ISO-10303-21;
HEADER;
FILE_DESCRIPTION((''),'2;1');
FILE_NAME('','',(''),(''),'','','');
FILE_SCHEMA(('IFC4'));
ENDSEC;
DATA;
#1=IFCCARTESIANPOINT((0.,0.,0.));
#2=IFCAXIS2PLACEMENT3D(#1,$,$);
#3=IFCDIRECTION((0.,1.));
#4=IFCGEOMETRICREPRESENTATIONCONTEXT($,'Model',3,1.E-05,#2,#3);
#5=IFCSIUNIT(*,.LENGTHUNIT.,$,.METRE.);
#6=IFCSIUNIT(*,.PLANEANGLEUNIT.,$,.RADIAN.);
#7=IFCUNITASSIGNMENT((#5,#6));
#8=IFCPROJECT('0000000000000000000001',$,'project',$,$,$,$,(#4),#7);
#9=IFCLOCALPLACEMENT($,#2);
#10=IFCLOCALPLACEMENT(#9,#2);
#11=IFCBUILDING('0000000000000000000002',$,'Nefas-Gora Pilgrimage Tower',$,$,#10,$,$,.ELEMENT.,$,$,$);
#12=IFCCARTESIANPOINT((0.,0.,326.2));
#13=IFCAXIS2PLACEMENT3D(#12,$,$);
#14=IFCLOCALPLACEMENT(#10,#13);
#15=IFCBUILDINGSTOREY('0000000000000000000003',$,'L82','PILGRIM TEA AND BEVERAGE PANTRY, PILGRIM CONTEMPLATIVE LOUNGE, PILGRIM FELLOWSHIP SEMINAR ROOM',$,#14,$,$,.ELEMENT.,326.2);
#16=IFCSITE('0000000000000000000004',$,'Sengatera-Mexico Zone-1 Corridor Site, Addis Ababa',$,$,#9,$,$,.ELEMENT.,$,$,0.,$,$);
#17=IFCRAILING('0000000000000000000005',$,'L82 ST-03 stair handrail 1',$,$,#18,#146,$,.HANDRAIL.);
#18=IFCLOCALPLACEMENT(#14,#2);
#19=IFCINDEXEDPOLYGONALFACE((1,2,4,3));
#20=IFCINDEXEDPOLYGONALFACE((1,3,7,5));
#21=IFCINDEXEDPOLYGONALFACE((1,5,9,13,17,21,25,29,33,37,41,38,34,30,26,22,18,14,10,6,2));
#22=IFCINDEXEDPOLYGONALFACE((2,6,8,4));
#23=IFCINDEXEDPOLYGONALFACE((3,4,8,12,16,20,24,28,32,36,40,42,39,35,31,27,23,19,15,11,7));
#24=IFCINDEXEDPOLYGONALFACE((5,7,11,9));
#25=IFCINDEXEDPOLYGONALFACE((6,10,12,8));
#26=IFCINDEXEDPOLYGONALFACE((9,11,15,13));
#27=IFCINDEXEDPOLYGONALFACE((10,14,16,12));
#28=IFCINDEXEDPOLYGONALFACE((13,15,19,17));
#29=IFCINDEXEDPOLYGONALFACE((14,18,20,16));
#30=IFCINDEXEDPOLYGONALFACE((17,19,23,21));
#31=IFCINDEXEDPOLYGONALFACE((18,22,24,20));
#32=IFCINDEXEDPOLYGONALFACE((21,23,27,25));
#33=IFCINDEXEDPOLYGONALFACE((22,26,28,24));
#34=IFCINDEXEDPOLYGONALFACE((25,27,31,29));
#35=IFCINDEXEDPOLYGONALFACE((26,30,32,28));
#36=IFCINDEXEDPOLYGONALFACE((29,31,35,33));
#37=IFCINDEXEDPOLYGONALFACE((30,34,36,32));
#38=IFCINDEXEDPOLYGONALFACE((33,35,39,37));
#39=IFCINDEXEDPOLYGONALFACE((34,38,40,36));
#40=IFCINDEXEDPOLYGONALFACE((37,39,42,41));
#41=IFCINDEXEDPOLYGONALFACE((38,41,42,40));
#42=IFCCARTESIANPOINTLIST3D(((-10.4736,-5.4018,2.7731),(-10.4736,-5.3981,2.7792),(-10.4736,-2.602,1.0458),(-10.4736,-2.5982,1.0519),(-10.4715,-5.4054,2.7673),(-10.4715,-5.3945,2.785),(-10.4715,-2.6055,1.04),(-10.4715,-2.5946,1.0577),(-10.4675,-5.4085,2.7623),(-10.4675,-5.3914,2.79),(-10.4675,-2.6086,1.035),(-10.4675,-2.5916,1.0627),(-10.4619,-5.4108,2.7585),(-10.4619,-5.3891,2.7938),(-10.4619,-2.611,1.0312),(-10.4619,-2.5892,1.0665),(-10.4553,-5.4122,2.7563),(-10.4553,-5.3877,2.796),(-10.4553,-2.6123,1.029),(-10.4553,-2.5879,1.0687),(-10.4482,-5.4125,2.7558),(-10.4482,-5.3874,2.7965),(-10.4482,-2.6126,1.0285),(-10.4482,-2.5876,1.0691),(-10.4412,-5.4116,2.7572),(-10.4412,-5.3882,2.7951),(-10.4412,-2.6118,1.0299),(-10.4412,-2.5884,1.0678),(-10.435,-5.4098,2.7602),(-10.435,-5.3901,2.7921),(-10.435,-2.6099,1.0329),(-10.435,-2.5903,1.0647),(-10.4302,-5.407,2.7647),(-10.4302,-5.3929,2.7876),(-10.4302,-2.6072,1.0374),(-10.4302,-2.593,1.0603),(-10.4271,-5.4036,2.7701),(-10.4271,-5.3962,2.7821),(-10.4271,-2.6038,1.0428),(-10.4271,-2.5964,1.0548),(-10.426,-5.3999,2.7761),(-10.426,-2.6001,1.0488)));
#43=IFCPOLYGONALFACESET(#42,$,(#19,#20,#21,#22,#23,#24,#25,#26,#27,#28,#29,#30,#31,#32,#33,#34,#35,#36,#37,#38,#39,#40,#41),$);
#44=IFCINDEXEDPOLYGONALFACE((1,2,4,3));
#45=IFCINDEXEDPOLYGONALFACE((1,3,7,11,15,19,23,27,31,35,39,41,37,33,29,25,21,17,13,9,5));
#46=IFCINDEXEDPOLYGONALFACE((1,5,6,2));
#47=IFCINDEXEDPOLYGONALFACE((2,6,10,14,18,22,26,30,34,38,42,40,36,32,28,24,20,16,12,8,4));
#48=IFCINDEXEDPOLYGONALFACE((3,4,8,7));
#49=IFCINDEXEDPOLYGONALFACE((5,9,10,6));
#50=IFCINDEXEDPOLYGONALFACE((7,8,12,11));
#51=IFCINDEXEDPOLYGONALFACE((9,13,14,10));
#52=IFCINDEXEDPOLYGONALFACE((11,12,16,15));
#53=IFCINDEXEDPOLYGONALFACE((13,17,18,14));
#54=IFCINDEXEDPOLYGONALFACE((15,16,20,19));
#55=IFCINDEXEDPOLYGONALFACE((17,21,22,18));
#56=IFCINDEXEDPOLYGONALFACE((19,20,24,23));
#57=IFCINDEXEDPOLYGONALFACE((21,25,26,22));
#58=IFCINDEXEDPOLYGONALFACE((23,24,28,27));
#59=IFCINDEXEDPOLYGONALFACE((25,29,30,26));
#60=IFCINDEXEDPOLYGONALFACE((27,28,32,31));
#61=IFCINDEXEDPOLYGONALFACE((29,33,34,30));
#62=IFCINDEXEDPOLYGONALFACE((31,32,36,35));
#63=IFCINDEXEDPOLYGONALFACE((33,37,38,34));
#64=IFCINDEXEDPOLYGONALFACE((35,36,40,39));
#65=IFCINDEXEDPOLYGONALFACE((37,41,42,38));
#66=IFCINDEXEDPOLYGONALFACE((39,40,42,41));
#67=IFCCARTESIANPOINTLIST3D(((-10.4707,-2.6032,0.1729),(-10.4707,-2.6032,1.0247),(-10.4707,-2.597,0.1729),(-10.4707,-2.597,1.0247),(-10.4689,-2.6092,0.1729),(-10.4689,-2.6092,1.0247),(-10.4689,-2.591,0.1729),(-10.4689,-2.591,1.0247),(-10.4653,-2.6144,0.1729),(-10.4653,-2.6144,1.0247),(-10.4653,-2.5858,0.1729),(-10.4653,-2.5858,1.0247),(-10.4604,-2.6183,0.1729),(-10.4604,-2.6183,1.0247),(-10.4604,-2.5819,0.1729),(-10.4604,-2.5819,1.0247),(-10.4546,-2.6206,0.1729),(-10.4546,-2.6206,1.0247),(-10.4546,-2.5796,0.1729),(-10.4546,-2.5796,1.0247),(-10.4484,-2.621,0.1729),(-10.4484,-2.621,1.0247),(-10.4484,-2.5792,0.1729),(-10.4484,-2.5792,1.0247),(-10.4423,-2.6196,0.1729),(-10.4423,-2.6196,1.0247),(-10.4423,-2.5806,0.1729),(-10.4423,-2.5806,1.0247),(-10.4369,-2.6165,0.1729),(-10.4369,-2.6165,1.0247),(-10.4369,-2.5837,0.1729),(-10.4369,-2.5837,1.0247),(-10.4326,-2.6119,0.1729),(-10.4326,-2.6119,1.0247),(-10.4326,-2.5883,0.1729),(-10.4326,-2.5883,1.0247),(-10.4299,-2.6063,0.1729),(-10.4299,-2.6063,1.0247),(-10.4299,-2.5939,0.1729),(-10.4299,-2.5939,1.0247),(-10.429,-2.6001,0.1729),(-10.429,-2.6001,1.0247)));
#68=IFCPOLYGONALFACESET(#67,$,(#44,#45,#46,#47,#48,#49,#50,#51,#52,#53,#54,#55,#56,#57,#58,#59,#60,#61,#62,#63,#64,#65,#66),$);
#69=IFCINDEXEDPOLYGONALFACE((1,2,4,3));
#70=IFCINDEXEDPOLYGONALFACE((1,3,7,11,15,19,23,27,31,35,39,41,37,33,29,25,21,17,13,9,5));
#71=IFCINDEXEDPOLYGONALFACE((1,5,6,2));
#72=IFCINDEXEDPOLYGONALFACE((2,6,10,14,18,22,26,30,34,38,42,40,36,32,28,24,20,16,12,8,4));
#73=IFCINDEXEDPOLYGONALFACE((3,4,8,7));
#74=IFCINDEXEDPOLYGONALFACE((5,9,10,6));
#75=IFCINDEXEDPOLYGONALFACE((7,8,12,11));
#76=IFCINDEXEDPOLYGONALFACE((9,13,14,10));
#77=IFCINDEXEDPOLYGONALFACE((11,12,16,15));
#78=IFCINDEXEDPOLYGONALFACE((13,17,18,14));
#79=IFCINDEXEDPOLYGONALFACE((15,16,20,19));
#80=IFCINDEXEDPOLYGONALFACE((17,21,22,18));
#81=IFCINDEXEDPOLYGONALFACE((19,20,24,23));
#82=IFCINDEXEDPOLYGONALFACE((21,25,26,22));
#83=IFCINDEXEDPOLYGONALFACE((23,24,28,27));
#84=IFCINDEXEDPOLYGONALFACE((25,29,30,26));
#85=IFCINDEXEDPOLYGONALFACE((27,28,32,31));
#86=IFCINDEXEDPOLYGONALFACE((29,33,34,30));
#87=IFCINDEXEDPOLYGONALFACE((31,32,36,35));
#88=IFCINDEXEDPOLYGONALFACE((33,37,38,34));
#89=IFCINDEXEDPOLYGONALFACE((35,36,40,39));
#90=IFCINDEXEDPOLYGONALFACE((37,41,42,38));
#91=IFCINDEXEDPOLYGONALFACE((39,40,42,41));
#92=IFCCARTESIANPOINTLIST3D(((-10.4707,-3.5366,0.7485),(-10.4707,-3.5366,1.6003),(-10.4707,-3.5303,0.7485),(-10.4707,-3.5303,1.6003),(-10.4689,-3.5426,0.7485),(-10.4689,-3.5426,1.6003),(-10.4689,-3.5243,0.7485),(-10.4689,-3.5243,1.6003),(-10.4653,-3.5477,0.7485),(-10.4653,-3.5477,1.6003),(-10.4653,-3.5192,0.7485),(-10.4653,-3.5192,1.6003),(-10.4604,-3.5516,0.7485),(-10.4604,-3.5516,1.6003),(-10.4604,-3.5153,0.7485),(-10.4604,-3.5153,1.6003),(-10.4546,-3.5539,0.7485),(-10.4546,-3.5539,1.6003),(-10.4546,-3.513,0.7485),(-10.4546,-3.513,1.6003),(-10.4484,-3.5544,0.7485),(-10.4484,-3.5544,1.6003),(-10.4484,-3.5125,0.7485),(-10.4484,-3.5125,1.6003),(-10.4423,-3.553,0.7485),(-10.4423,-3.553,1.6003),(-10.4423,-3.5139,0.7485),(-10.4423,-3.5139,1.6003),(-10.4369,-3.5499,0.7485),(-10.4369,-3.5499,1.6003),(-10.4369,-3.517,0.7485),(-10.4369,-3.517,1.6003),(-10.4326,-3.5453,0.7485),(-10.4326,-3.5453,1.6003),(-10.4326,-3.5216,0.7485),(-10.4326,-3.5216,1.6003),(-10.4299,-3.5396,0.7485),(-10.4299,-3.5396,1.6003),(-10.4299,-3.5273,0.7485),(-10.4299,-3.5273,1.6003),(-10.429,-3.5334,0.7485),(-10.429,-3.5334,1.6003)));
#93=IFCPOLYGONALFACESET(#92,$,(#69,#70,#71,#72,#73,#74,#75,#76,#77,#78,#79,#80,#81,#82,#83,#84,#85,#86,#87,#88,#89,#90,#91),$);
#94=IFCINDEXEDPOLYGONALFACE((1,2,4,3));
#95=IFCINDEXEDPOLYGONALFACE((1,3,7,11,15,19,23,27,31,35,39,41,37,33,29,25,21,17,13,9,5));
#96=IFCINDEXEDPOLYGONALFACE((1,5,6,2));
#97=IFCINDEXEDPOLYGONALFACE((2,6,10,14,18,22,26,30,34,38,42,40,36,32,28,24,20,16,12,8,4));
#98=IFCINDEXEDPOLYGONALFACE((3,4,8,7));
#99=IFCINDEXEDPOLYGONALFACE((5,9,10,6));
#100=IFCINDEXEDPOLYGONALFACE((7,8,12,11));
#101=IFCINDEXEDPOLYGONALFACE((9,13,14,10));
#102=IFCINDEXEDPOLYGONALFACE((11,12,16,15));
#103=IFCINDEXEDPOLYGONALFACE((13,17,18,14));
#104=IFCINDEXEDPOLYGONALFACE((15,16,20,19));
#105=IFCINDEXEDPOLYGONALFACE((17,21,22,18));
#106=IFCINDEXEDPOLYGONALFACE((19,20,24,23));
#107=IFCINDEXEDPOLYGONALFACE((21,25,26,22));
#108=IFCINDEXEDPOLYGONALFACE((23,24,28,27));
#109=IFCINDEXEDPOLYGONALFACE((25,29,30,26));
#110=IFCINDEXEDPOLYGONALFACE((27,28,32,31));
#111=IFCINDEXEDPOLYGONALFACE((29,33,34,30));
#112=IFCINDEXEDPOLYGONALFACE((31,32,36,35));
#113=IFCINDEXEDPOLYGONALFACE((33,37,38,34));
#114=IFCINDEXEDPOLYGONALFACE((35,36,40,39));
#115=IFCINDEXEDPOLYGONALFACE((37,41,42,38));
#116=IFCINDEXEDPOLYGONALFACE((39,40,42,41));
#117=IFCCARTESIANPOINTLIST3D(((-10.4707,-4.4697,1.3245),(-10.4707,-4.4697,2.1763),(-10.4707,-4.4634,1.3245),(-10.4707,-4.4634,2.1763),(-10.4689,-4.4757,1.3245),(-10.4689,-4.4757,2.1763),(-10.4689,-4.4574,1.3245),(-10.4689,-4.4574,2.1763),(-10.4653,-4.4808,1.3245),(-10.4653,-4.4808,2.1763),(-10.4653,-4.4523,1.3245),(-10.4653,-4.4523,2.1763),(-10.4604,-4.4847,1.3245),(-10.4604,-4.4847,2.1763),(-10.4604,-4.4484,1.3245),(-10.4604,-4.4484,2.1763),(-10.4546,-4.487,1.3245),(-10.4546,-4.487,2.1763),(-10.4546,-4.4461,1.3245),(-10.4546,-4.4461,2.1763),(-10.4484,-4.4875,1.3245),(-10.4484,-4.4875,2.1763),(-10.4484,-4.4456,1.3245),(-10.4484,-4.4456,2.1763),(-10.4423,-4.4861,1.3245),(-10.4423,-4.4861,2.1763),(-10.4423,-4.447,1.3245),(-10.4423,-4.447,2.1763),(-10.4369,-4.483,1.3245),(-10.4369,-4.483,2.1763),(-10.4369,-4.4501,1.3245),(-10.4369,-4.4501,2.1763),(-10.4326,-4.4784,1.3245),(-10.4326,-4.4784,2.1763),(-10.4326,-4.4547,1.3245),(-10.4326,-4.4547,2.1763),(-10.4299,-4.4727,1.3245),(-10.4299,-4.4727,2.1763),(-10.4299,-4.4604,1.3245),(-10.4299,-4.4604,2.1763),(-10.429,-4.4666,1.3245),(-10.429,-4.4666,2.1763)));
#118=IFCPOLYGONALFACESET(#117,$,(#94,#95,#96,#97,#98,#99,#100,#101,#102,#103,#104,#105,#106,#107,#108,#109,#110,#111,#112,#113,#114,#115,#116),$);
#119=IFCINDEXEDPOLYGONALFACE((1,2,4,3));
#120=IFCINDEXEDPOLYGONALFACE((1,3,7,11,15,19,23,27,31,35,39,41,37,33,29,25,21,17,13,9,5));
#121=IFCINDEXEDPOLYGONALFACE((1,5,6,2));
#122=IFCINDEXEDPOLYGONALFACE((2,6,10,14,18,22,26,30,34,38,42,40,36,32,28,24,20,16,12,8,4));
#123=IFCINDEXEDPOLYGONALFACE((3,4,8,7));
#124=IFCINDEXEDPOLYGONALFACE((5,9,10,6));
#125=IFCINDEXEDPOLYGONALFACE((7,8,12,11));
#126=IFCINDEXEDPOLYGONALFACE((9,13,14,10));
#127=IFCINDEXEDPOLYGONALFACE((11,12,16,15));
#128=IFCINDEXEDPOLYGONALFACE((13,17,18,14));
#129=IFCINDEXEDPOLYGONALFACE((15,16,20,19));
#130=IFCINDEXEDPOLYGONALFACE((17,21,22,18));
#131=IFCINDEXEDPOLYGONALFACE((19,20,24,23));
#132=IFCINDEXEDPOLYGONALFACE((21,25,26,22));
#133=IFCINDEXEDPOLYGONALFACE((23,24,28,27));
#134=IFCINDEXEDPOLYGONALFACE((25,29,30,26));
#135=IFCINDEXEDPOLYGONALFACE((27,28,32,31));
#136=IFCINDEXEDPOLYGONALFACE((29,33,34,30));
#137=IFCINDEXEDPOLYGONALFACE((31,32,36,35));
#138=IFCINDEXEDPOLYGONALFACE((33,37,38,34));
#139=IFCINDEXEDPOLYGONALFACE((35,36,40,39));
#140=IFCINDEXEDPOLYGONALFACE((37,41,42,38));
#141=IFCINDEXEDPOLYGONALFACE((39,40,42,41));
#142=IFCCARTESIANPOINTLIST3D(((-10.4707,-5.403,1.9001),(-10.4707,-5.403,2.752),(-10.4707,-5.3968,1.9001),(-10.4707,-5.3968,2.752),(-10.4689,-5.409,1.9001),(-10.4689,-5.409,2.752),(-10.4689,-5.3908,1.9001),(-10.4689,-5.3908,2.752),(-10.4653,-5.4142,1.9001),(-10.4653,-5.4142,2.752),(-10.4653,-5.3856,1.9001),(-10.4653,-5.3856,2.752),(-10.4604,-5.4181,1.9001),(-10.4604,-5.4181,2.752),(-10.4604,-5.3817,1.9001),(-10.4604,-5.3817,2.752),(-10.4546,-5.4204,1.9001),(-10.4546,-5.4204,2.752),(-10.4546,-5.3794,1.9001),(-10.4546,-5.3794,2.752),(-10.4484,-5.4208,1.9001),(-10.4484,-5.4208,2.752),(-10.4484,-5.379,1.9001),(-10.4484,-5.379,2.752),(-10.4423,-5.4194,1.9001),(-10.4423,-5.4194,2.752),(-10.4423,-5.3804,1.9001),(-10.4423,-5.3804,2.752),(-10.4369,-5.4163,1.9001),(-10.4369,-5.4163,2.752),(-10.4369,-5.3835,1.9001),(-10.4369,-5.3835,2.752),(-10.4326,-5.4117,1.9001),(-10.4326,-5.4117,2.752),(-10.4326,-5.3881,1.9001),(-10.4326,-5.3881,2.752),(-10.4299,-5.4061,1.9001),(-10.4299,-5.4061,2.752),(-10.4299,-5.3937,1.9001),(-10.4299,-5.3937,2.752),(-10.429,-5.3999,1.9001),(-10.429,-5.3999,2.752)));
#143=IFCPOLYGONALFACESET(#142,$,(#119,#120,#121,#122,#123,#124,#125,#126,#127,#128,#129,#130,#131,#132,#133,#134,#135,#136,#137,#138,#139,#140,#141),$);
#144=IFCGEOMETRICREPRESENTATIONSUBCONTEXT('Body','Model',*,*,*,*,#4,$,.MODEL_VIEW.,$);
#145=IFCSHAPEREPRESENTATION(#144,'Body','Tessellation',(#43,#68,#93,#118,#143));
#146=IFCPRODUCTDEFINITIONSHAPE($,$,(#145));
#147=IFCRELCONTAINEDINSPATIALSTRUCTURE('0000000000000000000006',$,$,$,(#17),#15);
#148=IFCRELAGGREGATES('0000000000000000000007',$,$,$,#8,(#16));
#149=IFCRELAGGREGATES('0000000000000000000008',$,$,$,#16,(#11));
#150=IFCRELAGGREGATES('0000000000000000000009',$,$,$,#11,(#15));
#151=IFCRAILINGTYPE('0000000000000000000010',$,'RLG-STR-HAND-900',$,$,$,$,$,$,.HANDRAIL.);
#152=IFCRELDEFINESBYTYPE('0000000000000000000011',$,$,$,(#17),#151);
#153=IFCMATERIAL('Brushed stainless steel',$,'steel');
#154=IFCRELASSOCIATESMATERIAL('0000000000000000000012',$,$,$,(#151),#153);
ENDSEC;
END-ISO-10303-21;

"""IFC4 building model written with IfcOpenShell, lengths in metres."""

from ifc_helpers import new_model, si_unit, direction, frame, origin, origin_2d, place, context, subcontext, project, spatial, circle, extrude, material, type_object, element, save


model = new_model("IFC4")

# Units and contexts
model_context = context("Model", 3, precision=1e-05, world=origin(), true_north=direction((0.0, 1.0)))
body_context = subcontext(model_context, "Body", "Model", "MODEL_VIEW")
ifc_project = project(units=[si_unit("LENGTHUNIT", "METRE"), si_unit("PLANEANGLEUNIT", "RADIAN")], contexts=[model_context])

# Site, building, storey
site_placement = place(None, origin())
site = spatial("IfcSite", under=ifc_project, at=site_placement, Name="Sengatera-Mexico Zone-1 Corridor Site, Addis Ababa", CompositionType="ELEMENT", RefElevation=0.0)
building_placement = place(site_placement, origin())
building = spatial("IfcBuilding", under=site, at=building_placement, Name="Nefas-Gora Pilgrimage Tower", CompositionType="ELEMENT")
storey_placement = place(building_placement, frame((0.0, 0.0, 326.2)))
storey = spatial("IfcBuildingStorey", under=building, at=storey_placement, Name="L82", Description="PILGRIM TEA AND BEVERAGE PANTRY, PILGRIM CONTEMPLATIVE LOUNGE, PILGRIM FELLOWSHIP SEMINAR ROOM", CompositionType="ELEMENT", Elevation=326.2)

# Railing
ifc_material_1 = material(Name="Brushed stainless steel", Category="steel")
railing_type_1 = type_object("IfcRailingType", Name="RLG-STR-HAND-900", PredefinedType="HANDRAIL", material=ifc_material_1)
railing_1_placement = place(storey_placement, frame((-10.45, -2.6001, 0.1729)))
element("IfcRailing", 1, at=railing_1_placement, inside=storey, type_object=railing_type_1, Name="L82 ST-03 stair handrail 1", PredefinedType="HANDRAIL", context=body_context, shape_type="SweptSolid", body=[
    extrude(circle(Radius=0.0239, at=origin_2d()), frame((0.0, 0.0, 0.876), z_axis=(0.0, -0.851069, 0.525054), x_axis=(1.0, 0.0, 0.0)), (0.0, 0.0, 1.0), 3.2898),
    extrude(circle(Radius=0.021, at=origin_2d()), origin(), (0.0, 0.0, 1.0), 0.8518),
    extrude(circle(Radius=0.021, at=origin_2d()), frame((0.0, -0.9333, 0.5757)), (0.0, 0.0, 1.0), 0.8518),
    extrude(circle(Radius=0.021, at=origin_2d()), frame((0.0, -1.8665, 1.1516)), (0.0, 0.0, 1.0), 0.8518),
    extrude(circle(Radius=0.021, at=origin_2d()), frame((0.0, -2.7998, 1.7273)), (0.0, 0.0, 1.0), 0.8518),
])

save(model, "model.ifc")
